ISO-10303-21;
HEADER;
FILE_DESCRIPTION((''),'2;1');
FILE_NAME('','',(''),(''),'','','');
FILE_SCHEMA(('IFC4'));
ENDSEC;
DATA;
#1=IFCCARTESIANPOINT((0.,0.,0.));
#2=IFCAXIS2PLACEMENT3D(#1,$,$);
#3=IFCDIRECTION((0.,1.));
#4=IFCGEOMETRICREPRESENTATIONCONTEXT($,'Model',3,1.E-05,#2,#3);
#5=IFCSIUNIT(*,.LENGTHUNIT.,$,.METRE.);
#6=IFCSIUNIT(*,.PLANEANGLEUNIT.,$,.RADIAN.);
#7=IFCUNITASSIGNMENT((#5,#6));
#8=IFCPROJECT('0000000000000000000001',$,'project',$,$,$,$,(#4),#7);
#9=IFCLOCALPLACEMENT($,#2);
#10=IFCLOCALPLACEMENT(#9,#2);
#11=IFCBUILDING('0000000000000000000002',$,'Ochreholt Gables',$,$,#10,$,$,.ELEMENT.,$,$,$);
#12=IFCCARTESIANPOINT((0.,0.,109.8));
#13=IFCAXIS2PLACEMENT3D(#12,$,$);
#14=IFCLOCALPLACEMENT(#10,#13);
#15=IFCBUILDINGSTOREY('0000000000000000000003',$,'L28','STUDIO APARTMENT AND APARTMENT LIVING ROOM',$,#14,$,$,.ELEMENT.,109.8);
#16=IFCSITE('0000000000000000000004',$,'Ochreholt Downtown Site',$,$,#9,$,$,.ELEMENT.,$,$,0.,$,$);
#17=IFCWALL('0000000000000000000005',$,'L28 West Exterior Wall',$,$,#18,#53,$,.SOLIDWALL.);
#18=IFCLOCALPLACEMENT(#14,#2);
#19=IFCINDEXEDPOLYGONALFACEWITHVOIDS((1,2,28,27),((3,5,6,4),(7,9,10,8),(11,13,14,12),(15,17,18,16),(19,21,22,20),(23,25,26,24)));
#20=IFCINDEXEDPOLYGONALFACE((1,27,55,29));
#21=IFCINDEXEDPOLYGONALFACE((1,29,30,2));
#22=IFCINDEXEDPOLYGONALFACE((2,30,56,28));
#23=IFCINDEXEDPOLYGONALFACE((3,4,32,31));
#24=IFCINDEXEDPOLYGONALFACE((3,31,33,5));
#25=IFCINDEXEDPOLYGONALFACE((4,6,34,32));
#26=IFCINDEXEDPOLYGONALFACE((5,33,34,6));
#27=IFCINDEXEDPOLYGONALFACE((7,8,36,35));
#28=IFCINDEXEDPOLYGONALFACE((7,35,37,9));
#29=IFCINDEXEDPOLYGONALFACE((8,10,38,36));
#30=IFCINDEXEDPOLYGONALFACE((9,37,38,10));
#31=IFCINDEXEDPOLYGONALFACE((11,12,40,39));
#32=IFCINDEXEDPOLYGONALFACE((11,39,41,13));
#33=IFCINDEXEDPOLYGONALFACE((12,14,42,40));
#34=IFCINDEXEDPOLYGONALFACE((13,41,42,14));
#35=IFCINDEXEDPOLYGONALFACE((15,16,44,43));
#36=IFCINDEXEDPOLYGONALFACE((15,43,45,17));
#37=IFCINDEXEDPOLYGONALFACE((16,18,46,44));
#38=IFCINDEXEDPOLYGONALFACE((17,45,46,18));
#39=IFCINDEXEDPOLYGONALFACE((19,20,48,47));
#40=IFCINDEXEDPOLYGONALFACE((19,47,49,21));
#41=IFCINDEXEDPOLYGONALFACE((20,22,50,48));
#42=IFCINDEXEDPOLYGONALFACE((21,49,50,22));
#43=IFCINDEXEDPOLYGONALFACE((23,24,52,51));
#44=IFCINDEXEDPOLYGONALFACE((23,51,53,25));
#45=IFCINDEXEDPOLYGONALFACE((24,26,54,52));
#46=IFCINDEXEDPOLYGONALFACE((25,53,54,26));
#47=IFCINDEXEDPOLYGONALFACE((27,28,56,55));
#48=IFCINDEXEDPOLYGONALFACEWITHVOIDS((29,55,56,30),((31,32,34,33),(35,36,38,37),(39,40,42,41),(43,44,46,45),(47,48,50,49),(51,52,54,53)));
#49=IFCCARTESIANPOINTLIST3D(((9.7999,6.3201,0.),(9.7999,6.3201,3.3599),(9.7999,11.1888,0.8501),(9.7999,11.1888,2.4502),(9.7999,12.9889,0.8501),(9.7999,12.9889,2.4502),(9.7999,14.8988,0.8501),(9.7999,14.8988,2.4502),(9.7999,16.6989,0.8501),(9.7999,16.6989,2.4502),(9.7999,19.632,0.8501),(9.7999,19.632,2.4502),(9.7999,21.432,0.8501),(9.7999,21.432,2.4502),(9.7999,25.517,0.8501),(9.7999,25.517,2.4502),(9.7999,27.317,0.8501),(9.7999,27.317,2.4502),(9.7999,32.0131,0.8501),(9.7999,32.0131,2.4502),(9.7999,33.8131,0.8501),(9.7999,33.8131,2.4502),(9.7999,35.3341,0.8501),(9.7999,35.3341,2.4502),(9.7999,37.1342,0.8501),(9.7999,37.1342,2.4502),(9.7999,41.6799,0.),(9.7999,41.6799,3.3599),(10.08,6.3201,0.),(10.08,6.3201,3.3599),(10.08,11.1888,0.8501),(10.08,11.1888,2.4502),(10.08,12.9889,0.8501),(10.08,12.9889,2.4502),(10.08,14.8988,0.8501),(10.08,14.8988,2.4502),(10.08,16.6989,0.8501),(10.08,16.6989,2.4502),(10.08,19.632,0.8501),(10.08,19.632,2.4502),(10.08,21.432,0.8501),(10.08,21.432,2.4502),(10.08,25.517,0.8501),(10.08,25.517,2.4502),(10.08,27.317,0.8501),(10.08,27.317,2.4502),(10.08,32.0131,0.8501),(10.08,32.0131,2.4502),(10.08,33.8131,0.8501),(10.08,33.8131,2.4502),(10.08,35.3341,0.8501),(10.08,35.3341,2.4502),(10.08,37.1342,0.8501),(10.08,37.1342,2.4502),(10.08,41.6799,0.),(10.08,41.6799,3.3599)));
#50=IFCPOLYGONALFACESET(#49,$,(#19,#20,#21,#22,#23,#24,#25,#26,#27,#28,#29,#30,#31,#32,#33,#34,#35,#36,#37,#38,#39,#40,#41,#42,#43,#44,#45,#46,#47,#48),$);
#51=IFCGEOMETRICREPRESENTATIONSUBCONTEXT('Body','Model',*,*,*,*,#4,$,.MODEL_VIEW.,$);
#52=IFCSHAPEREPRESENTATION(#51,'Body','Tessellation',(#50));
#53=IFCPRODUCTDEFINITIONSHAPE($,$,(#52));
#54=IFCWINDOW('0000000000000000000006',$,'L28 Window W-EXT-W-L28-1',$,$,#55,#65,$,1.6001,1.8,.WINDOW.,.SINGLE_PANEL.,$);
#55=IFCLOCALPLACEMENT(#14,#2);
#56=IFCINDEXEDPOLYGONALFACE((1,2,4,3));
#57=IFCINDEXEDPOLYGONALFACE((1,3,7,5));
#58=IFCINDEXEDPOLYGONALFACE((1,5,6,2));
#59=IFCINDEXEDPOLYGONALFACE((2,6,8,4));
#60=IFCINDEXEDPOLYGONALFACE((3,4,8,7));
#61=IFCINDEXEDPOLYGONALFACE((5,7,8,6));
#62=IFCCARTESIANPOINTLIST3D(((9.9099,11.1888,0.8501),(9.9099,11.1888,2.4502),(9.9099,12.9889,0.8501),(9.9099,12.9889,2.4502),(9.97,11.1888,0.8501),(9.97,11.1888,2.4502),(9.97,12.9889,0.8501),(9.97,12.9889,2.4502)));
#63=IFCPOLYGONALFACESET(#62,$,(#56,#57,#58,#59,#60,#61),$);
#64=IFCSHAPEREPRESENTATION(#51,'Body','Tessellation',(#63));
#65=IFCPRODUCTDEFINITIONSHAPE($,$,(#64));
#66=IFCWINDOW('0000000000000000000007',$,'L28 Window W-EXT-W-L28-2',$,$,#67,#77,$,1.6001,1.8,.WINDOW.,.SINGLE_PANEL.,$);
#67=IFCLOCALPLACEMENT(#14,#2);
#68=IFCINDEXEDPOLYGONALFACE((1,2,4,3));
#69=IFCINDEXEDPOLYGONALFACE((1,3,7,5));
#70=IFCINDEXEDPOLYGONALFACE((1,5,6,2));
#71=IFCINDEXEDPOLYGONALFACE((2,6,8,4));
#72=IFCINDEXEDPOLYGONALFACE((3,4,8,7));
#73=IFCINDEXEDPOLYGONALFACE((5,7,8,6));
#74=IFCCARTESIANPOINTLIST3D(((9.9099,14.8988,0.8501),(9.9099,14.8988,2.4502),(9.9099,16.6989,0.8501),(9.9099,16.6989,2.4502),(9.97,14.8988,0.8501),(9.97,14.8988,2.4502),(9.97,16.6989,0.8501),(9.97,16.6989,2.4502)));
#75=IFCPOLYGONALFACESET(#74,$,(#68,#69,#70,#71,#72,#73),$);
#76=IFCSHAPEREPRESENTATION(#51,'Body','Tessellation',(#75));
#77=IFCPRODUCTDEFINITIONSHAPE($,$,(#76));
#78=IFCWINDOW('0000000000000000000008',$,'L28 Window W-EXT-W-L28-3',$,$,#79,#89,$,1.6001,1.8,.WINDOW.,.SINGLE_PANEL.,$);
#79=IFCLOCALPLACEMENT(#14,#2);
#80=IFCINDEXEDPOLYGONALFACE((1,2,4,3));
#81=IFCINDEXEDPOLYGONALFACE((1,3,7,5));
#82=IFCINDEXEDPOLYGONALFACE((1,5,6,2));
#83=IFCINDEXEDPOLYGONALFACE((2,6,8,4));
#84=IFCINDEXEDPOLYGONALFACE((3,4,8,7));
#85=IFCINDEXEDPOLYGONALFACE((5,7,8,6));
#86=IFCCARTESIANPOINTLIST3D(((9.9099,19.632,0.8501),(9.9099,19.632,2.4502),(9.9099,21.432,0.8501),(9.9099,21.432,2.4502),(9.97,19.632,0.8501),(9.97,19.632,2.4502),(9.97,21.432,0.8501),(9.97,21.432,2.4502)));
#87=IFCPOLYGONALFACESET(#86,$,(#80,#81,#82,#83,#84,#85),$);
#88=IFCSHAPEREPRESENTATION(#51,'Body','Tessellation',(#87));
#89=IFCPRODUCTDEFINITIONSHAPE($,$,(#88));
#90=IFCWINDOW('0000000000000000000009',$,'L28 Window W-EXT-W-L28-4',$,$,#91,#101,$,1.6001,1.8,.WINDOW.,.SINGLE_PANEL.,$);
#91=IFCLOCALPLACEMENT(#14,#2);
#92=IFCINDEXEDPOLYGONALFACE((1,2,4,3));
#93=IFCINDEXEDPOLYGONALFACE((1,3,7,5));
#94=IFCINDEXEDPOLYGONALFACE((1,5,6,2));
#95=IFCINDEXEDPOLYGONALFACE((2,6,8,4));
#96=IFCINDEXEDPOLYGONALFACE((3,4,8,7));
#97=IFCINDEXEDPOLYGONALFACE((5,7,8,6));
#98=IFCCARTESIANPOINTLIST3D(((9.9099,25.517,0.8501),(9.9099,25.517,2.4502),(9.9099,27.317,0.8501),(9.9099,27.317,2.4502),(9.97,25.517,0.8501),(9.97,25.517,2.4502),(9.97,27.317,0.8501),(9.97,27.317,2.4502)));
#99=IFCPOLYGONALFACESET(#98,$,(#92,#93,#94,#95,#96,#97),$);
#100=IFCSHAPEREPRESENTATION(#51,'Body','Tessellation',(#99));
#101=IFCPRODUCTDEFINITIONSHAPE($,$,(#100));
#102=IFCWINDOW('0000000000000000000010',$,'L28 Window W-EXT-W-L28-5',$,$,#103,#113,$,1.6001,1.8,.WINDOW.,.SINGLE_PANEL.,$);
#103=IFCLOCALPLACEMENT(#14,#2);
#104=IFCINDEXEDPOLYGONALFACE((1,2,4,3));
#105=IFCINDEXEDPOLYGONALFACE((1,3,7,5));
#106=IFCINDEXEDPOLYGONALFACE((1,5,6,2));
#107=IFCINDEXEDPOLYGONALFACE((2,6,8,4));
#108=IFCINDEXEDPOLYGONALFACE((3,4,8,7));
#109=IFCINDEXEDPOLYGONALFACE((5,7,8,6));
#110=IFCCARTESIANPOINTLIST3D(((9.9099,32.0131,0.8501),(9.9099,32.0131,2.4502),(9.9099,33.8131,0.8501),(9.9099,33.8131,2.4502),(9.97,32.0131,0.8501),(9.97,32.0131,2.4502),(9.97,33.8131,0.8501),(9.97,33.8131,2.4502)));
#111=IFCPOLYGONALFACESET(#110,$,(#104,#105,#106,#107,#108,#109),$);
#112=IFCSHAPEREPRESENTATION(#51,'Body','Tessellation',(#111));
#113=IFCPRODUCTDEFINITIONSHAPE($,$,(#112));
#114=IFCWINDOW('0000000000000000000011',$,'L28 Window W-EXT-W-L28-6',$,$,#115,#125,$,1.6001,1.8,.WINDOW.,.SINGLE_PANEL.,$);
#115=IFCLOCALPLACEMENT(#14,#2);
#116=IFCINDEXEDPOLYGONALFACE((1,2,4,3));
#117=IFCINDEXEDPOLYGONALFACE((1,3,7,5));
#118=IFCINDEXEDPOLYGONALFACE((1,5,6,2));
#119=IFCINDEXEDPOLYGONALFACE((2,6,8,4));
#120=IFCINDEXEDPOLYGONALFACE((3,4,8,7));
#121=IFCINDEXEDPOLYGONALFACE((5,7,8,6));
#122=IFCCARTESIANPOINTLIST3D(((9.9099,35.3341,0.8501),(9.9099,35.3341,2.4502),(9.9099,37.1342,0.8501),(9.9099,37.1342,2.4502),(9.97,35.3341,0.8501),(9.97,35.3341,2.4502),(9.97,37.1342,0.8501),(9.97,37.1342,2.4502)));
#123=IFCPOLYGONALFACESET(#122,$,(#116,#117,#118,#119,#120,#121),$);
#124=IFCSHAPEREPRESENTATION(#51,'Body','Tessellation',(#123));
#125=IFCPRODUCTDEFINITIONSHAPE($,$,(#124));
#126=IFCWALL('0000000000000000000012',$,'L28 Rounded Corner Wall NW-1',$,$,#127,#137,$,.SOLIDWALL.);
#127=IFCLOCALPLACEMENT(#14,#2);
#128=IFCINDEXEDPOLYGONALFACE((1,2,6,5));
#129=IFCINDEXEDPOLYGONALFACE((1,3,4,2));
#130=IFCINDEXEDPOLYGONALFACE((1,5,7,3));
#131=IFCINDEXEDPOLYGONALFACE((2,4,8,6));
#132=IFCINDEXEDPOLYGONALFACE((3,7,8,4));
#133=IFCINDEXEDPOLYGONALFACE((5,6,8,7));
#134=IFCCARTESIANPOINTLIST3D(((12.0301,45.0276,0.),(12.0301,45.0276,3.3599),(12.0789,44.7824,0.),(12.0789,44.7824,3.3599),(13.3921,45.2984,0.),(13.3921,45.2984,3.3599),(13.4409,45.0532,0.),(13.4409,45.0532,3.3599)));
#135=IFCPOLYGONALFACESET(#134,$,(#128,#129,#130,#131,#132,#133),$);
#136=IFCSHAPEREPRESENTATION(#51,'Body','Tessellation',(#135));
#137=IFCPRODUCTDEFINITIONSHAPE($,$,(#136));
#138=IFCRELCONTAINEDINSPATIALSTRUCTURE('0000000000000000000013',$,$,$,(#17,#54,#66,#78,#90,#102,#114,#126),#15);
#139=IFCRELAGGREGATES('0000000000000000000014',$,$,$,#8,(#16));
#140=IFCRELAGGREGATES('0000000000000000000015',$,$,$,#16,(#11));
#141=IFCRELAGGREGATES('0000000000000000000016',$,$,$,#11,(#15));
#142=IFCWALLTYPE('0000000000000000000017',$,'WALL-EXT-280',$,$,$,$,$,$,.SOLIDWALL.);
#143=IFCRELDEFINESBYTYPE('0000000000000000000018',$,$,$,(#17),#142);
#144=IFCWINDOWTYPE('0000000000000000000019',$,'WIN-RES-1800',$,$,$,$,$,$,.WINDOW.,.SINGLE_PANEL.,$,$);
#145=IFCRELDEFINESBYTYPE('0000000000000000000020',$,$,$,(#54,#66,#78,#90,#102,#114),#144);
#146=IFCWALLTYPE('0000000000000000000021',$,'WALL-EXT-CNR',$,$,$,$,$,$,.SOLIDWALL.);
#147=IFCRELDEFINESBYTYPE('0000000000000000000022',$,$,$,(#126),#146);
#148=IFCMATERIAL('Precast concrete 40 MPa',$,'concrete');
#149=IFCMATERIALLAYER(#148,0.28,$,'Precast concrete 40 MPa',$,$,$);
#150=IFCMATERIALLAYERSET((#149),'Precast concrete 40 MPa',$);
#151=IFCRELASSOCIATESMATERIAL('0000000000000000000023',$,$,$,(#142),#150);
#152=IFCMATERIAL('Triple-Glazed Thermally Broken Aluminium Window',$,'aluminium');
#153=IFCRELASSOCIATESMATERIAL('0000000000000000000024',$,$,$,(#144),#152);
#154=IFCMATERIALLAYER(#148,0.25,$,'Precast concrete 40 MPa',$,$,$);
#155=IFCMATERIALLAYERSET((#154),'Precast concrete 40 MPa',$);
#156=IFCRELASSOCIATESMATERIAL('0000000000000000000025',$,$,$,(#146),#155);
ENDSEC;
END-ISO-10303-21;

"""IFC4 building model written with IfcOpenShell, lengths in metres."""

from ifc_helpers import new_model, si_unit, direction, frame, frame_2d, origin, place, context, subcontext, project, spatial, rectangle, extrude, material, layer, layer_set, type_object, element, fill, save


model = new_model("IFC4")

# Units and contexts
model_context = context("Model", 3, precision=1e-05, world=origin(), true_north=direction((0.0, 1.0)))
body_context = subcontext(model_context, "Body", "Model", "MODEL_VIEW")
ifc_project = project(units=[si_unit("LENGTHUNIT", "METRE"), si_unit("PLANEANGLEUNIT", "RADIAN")], contexts=[model_context])

# Site, building, storey
site_placement = place(None, origin())
site = spatial("IfcSite", under=ifc_project, at=site_placement, Name="Ochreholt Downtown Site", CompositionType="ELEMENT", RefElevation=0.0)
building_placement = place(site_placement, origin())
building = spatial("IfcBuilding", under=site, at=building_placement, Name="Ochreholt Gables", CompositionType="ELEMENT")
storey_placement = place(building_placement, frame((0.0, 0.0, 109.8)))
storey = spatial("IfcBuildingStorey", under=building, at=storey_placement, Name="L28", Description="STUDIO APARTMENT AND APARTMENT LIVING ROOM", CompositionType="ELEMENT", Elevation=109.8)

# Wall, openings, windows
ifc_material_1 = material(Name="Precast concrete 40 MPa", Category="concrete")
ifc_layer_1 = layer(ifc_material_1, 0.28, Name="Precast concrete 40 MPa")
ifc_layer_set_1 = layer_set([ifc_layer_1], Name="Precast concrete 40 MPa")
wall_type_1 = type_object("IfcWallType", Name="WALL-EXT-280", PredefinedType="SOLIDWALL", material=ifc_layer_set_1)
wall_1_placement = place(storey_placement, frame((9.9399, 41.6799, 0.0), z_axis=(0.0, 0.0, 1.0), x_axis=(0.0, -1.0, 0.0)))
wall_1 = element("IfcWall", 1, at=wall_1_placement, inside=storey, type_object=wall_type_1, Name="L28 West Exterior Wall", PredefinedType="SOLIDWALL", context=body_context, shape_type="SweptSolid", body=[
    extrude(rectangle(XDim=35.3599, YDim=0.28, at=frame_2d((17.6799, 0.0))), origin(), (0.0, 0.0, 1.0), 3.3599),
])
opening_1_placement = place(wall_1_placement, frame((28.6912, 0.0, 0.8501)))
opening_1 = element("IfcOpeningElement", 2, at=opening_1_placement, cuts=wall_1, PredefinedType="OPENING", context=body_context, shape_type="SweptSolid", body=[
    extrude(rectangle(XDim=1.8, YDim=1.6001, at=frame_2d((0.8999, 0.8))), frame((0.0, 0.1499, 0.0), z_axis=(0.0, -1.0, 0.0), x_axis=(1.0, 0.0, 0.0)), (0.0, 0.0, 1.0), 0.3),
])
opening_2_placement = place(wall_1_placement, frame((24.9812, 0.0, 0.8501)))
opening_2 = element("IfcOpeningElement", 3, at=opening_2_placement, cuts=wall_1, PredefinedType="OPENING", context=body_context, shape_type="SweptSolid", body=[
    extrude(rectangle(XDim=1.8, YDim=1.6001, at=frame_2d((0.8999, 0.8))), frame((0.0, 0.1499, 0.0), z_axis=(0.0, -1.0, 0.0), x_axis=(1.0, 0.0, 0.0)), (0.0, 0.0, 1.0), 0.3),
])
opening_3_placement = place(wall_1_placement, frame((20.248, 0.0, 0.8501)))
opening_3 = element("IfcOpeningElement", 4, at=opening_3_placement, cuts=wall_1, PredefinedType="OPENING", context=body_context, shape_type="SweptSolid", body=[
    extrude(rectangle(XDim=1.8, YDim=1.6001, at=frame_2d((0.8999, 0.8))), frame((0.0, 0.1499, 0.0), z_axis=(0.0, -1.0, 0.0), x_axis=(1.0, 0.0, 0.0)), (0.0, 0.0, 1.0), 0.3),
])
opening_4_placement = place(wall_1_placement, frame((14.363, 0.0, 0.8501)))
opening_4 = element("IfcOpeningElement", 5, at=opening_4_placement, cuts=wall_1, PredefinedType="OPENING", context=body_context, shape_type="SweptSolid", body=[
    extrude(rectangle(XDim=1.8, YDim=1.6001, at=frame_2d((0.8999, 0.8))), frame((0.0, 0.1499, 0.0), z_axis=(0.0, -1.0, 0.0), x_axis=(1.0, 0.0, 0.0)), (0.0, 0.0, 1.0), 0.3),
])
opening_5_placement = place(wall_1_placement, frame((7.8669, 0.0, 0.8501)))
opening_5 = element("IfcOpeningElement", 6, at=opening_5_placement, cuts=wall_1, PredefinedType="OPENING", context=body_context, shape_type="SweptSolid", body=[
    extrude(rectangle(XDim=1.8, YDim=1.6001, at=frame_2d((0.8999, 0.8))), frame((0.0, 0.1499, 0.0), z_axis=(0.0, -1.0, 0.0), x_axis=(1.0, 0.0, 0.0)), (0.0, 0.0, 1.0), 0.3),
])
opening_6_placement = place(wall_1_placement, frame((4.5459, 0.0, 0.8501)))
opening_6 = element("IfcOpeningElement", 7, at=opening_6_placement, cuts=wall_1, PredefinedType="OPENING", context=body_context, shape_type="SweptSolid", body=[
    extrude(rectangle(XDim=1.8, YDim=1.6001, at=frame_2d((0.8999, 0.8))), frame((0.0, 0.1499, 0.0), z_axis=(0.0, -1.0, 0.0), x_axis=(1.0, 0.0, 0.0)), (0.0, 0.0, 1.0), 0.3),
])
ifc_material_2 = material(Name="Triple-Glazed Thermally Broken Aluminium Window", Category="aluminium")
window_type_1 = type_object("IfcWindowType", Name="WIN-RES-1800", PartitioningType="SINGLE_PANEL", PredefinedType="WINDOW", material=ifc_material_2)
window_1_placement = place(opening_1_placement, origin())
window_1 = element("IfcWindow", 8, at=window_1_placement, inside=storey, type_object=window_type_1, Name="L28 Window W-EXT-W-L28-1", OverallHeight=1.6001, OverallWidth=1.8, PartitioningType="SINGLE_PANEL", PredefinedType="WINDOW", context=body_context, shape_type="SweptSolid", body=[
    extrude(rectangle(XDim=1.8, YDim=1.6001, at=frame_2d((0.8999, 0.8))), frame((0.0, 0.03, 0.0), z_axis=(0.0, -1.0, 0.0), x_axis=(1.0, 0.0, 0.0)), (0.0, 0.0, 1.0), 0.0601),
])
fill(opening_1, window_1)
window_2_placement = place(opening_2_placement, origin())
window_2 = element("IfcWindow", 9, at=window_2_placement, inside=storey, type_object=window_type_1, Name="L28 Window W-EXT-W-L28-2", OverallHeight=1.6001, OverallWidth=1.8, PartitioningType="SINGLE_PANEL", PredefinedType="WINDOW", context=body_context, shape_type="SweptSolid", body=[
    extrude(rectangle(XDim=1.8, YDim=1.6001, at=frame_2d((0.8999, 0.8))), frame((0.0, 0.03, 0.0), z_axis=(0.0, -1.0, 0.0), x_axis=(1.0, 0.0, 0.0)), (0.0, 0.0, 1.0), 0.0601),
])
fill(opening_2, window_2)
window_3_placement = place(opening_3_placement, origin())
window_3 = element("IfcWindow", 10, at=window_3_placement, inside=storey, type_object=window_type_1, Name="L28 Window W-EXT-W-L28-3", OverallHeight=1.6001, OverallWidth=1.8, PartitioningType="SINGLE_PANEL", PredefinedType="WINDOW", context=body_context, shape_type="SweptSolid", body=[
    extrude(rectangle(XDim=1.8, YDim=1.6001, at=frame_2d((0.8999, 0.8))), frame((0.0, 0.03, 0.0), z_axis=(0.0, -1.0, 0.0), x_axis=(1.0, 0.0, 0.0)), (0.0, 0.0, 1.0), 0.0601),
])
fill(opening_3, window_3)
window_4_placement = place(opening_4_placement, origin())
window_4 = element("IfcWindow", 11, at=window_4_placement, inside=storey, type_object=window_type_1, Name="L28 Window W-EXT-W-L28-4", OverallHeight=1.6001, OverallWidth=1.8, PartitioningType="SINGLE_PANEL", PredefinedType="WINDOW", context=body_context, shape_type="SweptSolid", body=[
    extrude(rectangle(XDim=1.8, YDim=1.6001, at=frame_2d((0.8999, 0.8))), frame((0.0, 0.03, 0.0), z_axis=(0.0, -1.0, 0.0), x_axis=(1.0, 0.0, 0.0)), (0.0, 0.0, 1.0), 0.0601),
])
fill(opening_4, window_4)
window_5_placement = place(opening_5_placement, origin())
window_5 = element("IfcWindow", 12, at=window_5_placement, inside=storey, type_object=window_type_1, Name="L28 Window W-EXT-W-L28-5", OverallHeight=1.6001, OverallWidth=1.8, PartitioningType="SINGLE_PANEL", PredefinedType="WINDOW", context=body_context, shape_type="SweptSolid", body=[
    extrude(rectangle(XDim=1.8, YDim=1.6001, at=frame_2d((0.8999, 0.8))), frame((0.0, 0.03, 0.0), z_axis=(0.0, -1.0, 0.0), x_axis=(1.0, 0.0, 0.0)), (0.0, 0.0, 1.0), 0.0601),
])
fill(opening_5, window_5)
window_6_placement = place(opening_6_placement, origin())
window_6 = element("IfcWindow", 13, at=window_6_placement, inside=storey, type_object=window_type_1, Name="L28 Window W-EXT-W-L28-6", OverallHeight=1.6001, OverallWidth=1.8, PartitioningType="SINGLE_PANEL", PredefinedType="WINDOW", context=body_context, shape_type="SweptSolid", body=[
    extrude(rectangle(XDim=1.8, YDim=1.6001, at=frame_2d((0.8999, 0.8))), frame((0.0, 0.03, 0.0), z_axis=(0.0, -1.0, 0.0), x_axis=(1.0, 0.0, 0.0)), (0.0, 0.0, 1.0), 0.0601),
])
fill(opening_6, window_6)

# Wall
ifc_layer_2 = layer(ifc_material_1, 0.25, Name="Precast concrete 40 MPa")
ifc_layer_set_2 = layer_set([ifc_layer_2], Name="Precast concrete 40 MPa")
wall_type_2 = type_object("IfcWallType", Name="WALL-EXT-CNR", PredefinedType="SOLIDWALL", material=ifc_layer_set_2)
wall_2_placement = place(storey_placement, frame((13.4165, 45.1758, 0.0), z_axis=(0.0, 0.0, 1.0), x_axis=(-0.98081, -0.194967, 0.0)))
element("IfcWall", 14, at=wall_2_placement, inside=storey, type_object=wall_type_2, Name="L28 Rounded Corner Wall NW-1", PredefinedType="SOLIDWALL", context=body_context, shape_type="SweptSolid", body=[
    extrude(rectangle(XDim=1.3887, YDim=0.25, at=frame_2d((0.6943, 0.0))), origin(), (0.0, 0.0, 1.0), 3.3599),
])

save(model, "model.ifc")
